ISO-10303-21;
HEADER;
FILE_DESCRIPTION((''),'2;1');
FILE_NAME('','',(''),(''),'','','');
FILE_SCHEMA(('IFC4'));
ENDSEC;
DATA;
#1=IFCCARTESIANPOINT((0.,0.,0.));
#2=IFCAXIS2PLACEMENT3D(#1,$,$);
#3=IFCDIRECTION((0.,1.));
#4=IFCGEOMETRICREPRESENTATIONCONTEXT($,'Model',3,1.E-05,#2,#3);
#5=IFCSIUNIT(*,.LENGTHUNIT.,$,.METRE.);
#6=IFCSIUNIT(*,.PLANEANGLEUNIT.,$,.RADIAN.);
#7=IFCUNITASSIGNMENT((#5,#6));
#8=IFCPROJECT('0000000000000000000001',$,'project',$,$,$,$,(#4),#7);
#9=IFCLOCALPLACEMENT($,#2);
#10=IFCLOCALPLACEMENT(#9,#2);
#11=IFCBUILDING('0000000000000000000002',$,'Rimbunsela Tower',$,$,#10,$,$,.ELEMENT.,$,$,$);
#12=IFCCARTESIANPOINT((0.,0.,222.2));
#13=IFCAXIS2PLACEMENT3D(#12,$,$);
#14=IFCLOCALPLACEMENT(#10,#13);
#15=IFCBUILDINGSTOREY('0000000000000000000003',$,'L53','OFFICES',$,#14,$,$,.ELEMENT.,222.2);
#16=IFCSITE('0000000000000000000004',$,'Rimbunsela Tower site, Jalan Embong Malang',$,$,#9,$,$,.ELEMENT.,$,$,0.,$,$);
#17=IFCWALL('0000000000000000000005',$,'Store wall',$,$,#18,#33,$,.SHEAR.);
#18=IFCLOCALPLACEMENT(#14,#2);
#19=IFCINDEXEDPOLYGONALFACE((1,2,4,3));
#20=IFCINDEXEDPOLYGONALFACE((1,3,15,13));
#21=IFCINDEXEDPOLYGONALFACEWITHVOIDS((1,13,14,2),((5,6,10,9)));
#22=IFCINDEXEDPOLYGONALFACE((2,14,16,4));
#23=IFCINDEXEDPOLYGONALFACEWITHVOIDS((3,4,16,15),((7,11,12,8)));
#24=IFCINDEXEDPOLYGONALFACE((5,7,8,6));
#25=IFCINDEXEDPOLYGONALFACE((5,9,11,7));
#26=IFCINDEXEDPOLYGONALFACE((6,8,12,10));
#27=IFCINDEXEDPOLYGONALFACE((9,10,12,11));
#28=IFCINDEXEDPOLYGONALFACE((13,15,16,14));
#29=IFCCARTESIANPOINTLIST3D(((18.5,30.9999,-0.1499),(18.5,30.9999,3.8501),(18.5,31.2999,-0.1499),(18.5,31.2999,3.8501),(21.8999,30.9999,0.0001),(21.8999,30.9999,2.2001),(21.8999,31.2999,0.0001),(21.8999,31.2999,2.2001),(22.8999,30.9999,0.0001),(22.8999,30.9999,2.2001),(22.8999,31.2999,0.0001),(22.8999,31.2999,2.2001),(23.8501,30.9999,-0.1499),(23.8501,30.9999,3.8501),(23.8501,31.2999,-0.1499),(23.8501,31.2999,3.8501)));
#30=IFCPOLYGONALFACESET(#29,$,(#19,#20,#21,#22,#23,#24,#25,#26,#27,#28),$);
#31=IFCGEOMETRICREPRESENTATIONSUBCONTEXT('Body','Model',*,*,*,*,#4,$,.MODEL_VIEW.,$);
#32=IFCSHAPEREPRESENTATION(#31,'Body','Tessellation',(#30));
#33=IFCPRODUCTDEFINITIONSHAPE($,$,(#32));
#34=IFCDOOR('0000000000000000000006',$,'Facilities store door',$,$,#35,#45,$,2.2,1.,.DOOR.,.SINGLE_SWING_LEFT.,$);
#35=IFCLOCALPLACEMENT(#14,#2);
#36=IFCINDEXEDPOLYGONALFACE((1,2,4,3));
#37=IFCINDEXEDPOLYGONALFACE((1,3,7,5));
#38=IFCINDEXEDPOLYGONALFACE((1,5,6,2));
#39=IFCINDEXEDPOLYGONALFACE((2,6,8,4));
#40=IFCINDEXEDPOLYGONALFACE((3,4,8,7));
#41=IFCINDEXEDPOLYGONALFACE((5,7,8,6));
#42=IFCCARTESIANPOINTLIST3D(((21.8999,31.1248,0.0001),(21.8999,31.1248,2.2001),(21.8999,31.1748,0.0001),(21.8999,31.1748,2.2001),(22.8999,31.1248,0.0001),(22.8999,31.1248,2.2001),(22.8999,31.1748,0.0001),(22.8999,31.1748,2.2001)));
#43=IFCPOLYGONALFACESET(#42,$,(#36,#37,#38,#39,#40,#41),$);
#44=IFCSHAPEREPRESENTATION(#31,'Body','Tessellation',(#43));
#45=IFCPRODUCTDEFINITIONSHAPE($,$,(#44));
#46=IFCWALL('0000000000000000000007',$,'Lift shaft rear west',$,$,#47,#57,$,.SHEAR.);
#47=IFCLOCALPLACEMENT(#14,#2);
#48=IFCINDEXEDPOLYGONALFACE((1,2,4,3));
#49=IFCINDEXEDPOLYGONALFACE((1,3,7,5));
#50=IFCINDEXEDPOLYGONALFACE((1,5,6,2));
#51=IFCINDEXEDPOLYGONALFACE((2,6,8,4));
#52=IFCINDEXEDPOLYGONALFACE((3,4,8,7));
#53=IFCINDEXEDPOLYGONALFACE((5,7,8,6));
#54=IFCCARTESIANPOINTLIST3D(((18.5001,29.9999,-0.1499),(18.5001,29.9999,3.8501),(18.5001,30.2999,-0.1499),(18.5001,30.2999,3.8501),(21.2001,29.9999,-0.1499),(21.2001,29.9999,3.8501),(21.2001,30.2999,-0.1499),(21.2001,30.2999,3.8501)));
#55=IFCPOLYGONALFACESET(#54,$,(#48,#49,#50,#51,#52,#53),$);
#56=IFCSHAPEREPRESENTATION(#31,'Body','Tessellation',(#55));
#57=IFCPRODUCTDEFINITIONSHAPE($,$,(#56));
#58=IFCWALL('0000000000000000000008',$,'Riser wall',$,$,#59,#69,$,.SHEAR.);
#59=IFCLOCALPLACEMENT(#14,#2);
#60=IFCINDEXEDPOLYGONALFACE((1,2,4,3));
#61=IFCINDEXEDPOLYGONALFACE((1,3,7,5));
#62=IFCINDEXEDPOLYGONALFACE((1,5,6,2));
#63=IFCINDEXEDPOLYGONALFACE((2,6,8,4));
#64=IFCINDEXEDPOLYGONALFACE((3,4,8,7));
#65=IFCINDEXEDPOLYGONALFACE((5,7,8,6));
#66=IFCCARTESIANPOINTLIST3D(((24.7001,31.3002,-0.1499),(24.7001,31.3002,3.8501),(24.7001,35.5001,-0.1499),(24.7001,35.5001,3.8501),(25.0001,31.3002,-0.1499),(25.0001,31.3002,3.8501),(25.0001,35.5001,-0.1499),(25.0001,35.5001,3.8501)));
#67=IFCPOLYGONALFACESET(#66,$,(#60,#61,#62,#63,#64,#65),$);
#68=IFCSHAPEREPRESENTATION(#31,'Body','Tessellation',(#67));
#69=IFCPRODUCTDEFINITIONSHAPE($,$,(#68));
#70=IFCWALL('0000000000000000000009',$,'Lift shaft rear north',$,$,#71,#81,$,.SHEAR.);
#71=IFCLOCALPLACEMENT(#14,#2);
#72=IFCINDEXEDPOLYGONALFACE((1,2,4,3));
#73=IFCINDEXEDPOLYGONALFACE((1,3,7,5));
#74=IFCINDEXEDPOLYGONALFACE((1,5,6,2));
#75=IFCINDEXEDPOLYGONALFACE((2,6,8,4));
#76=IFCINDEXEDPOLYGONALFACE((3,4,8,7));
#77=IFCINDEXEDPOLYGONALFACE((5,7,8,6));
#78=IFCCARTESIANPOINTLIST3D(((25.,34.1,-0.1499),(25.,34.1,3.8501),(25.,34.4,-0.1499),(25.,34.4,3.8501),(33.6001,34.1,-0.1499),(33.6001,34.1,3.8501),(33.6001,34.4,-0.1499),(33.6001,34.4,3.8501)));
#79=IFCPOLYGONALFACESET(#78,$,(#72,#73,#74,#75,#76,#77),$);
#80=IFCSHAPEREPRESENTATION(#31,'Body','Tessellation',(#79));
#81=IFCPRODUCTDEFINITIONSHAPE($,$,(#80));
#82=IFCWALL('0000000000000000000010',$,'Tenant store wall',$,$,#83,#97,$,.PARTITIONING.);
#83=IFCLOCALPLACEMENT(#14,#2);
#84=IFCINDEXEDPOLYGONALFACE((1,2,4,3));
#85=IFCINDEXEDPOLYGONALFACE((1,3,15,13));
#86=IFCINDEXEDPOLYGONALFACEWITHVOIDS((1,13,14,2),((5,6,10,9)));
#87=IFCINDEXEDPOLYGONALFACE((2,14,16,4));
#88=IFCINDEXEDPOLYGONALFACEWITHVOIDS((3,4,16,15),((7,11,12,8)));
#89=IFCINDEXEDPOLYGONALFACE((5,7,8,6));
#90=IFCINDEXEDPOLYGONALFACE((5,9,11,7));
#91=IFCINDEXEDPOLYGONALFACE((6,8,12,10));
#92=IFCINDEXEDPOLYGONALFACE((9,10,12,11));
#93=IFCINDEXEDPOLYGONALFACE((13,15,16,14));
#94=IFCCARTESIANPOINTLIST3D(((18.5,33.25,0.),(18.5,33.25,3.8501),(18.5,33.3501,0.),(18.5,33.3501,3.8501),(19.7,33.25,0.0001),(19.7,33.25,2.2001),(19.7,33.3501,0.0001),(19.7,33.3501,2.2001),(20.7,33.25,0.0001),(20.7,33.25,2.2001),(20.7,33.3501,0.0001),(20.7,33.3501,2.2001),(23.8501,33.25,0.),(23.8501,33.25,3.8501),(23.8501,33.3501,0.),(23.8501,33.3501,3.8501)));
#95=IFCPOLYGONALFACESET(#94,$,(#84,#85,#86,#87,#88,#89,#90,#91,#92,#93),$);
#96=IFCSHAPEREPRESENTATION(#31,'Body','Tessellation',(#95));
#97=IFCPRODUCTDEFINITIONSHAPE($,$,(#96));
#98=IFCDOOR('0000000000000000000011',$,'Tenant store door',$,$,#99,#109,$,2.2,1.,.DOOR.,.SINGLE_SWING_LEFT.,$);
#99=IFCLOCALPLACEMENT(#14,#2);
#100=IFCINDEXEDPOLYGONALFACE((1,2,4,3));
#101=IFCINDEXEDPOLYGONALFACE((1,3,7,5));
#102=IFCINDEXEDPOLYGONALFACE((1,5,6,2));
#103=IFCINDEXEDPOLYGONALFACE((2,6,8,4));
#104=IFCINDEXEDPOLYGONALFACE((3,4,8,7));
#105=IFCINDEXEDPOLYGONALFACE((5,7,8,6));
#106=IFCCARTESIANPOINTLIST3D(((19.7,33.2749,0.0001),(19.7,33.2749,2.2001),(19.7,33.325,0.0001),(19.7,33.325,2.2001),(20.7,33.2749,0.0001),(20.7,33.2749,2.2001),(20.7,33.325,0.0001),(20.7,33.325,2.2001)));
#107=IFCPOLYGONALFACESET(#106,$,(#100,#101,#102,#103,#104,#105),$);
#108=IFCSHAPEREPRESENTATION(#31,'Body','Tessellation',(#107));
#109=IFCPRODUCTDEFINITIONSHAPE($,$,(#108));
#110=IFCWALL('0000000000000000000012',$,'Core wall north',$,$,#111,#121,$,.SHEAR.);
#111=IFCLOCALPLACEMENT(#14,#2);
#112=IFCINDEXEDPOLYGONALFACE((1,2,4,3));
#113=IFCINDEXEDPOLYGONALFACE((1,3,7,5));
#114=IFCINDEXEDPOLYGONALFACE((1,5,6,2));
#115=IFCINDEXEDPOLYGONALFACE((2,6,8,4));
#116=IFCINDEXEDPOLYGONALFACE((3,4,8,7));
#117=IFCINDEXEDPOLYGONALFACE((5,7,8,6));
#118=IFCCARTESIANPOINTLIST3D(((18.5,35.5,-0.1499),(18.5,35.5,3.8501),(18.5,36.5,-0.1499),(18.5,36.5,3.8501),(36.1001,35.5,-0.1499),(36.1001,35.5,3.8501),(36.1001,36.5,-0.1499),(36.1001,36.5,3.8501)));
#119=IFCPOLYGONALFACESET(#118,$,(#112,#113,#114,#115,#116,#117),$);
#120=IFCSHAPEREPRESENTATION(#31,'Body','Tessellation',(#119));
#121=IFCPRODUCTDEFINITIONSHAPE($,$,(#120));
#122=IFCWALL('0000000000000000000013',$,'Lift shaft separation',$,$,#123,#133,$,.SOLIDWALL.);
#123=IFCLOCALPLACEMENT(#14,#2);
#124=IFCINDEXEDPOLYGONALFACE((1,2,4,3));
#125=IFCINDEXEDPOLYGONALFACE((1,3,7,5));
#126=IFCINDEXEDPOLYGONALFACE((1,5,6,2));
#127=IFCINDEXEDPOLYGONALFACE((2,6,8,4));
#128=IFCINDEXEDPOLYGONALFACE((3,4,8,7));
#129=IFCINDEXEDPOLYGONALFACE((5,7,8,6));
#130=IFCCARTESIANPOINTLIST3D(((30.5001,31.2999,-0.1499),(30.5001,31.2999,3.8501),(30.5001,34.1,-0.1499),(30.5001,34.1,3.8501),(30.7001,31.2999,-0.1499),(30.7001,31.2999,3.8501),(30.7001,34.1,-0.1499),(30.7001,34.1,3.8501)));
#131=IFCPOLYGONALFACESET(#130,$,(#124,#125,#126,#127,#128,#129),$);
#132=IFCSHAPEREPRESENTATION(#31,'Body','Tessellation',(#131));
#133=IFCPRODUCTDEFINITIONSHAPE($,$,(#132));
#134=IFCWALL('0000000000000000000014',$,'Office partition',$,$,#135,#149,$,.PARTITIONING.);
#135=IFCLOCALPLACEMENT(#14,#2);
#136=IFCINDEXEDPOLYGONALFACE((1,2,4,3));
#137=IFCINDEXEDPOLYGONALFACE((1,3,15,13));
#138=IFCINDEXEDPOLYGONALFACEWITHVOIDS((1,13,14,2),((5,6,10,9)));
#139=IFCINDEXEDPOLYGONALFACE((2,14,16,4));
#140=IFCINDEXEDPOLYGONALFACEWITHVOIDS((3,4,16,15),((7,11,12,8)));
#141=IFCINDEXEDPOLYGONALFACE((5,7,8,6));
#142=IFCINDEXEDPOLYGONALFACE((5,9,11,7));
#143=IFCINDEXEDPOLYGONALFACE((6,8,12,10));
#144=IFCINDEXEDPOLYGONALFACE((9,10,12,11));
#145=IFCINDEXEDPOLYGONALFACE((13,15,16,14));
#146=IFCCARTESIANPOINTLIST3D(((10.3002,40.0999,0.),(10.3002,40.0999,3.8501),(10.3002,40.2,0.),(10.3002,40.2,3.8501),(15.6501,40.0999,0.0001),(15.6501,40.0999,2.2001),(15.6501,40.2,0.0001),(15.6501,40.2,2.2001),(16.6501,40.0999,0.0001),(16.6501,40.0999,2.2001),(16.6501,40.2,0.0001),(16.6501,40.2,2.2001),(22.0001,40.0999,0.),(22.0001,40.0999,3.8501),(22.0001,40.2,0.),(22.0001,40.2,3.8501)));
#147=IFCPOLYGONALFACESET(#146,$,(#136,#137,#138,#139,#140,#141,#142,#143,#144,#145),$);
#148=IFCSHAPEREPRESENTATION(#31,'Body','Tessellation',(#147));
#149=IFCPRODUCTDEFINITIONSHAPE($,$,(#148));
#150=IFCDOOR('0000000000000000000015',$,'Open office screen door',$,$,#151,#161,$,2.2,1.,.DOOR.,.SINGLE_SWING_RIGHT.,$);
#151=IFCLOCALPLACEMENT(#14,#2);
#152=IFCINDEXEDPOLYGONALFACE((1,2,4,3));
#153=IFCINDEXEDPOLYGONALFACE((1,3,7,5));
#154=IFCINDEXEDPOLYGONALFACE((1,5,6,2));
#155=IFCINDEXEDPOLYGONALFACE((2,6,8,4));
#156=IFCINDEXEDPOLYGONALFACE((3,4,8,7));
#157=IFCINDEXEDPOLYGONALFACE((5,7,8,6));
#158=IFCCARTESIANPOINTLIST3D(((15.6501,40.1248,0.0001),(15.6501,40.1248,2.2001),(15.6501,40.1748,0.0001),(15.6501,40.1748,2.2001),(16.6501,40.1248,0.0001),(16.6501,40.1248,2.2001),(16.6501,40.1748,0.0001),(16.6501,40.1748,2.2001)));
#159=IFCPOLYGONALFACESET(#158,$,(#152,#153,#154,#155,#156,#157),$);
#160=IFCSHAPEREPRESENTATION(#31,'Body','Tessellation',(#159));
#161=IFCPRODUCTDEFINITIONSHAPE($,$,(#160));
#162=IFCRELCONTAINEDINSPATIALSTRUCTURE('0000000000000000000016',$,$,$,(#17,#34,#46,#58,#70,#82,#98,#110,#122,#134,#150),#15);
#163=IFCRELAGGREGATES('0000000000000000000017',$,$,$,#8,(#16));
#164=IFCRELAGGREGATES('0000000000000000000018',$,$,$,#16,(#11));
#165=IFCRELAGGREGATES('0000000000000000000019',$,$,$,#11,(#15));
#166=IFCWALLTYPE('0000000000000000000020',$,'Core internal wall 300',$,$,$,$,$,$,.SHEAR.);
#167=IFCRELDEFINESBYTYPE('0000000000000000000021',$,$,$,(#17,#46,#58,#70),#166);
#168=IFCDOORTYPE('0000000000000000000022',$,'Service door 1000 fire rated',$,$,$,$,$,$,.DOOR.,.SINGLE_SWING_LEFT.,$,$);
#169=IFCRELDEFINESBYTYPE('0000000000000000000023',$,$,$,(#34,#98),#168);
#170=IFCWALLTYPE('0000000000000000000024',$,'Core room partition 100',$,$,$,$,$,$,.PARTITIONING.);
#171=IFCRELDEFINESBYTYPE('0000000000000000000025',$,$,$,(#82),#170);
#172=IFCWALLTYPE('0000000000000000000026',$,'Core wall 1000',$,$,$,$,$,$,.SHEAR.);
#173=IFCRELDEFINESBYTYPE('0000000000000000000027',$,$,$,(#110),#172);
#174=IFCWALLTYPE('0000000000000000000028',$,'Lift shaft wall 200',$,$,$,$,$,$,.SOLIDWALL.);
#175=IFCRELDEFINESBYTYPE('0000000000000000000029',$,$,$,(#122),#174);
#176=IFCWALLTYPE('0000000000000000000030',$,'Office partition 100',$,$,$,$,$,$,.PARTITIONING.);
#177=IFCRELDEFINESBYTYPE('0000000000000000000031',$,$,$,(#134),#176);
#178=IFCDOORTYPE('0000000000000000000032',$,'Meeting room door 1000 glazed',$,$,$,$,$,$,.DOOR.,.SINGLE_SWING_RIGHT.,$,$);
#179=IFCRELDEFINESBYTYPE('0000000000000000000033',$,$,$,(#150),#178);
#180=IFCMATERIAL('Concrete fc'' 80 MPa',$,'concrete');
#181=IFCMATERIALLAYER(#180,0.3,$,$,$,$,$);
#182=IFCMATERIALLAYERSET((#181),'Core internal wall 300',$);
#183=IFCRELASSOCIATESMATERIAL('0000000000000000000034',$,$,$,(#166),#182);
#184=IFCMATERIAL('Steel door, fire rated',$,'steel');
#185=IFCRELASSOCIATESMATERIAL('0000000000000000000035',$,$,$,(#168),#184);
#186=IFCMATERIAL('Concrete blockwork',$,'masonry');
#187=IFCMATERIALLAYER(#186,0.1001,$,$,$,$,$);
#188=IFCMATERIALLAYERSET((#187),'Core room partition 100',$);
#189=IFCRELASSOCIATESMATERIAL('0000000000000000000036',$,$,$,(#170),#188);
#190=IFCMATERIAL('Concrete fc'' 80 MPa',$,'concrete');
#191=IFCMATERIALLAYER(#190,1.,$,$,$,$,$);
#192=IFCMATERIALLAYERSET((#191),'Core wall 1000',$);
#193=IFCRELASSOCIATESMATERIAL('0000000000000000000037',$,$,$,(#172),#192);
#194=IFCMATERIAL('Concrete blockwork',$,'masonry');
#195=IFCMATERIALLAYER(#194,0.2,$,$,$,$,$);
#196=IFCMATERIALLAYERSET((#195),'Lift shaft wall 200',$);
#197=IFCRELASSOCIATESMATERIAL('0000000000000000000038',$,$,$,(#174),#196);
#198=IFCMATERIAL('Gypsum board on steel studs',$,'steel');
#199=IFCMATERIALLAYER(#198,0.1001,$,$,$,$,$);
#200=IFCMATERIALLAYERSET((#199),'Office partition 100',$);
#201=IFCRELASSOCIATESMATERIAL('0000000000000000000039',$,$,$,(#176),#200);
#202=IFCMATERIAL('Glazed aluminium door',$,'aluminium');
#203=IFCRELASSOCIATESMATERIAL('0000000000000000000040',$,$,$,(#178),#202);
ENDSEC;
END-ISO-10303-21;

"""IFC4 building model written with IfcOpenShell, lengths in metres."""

from ifc_helpers import new_model, si_unit, direction, frame, frame_2d, origin, place, context, subcontext, project, spatial, rectangle, extrude, material, layer, layer_set, type_object, element, fill, save


model = new_model("IFC4")

# Units and contexts
model_context = context("Model", 3, precision=1e-05, world=origin(), true_north=direction((0.0, 1.0)))
body_context = subcontext(model_context, "Body", "Model", "MODEL_VIEW")
ifc_project = project(units=[si_unit("LENGTHUNIT", "METRE"), si_unit("PLANEANGLEUNIT", "RADIAN")], contexts=[model_context])

# Site, building, storey
site_placement = place(None, origin())
site = spatial("IfcSite", under=ifc_project, at=site_placement, Name="Rimbunsela Tower site, Jalan Embong Malang", CompositionType="ELEMENT", RefElevation=0.0)
building_placement = place(site_placement, origin())
building = spatial("IfcBuilding", under=site, at=building_placement, Name="Rimbunsela Tower", CompositionType="ELEMENT")
storey_placement = place(building_placement, frame((0.0, 0.0, 222.2)))
storey = spatial("IfcBuildingStorey", under=building, at=storey_placement, Name="L53", Description="OFFICES", CompositionType="ELEMENT", Elevation=222.2)

# Shared definitions
ifc_material_1 = material(Name="Concrete fc' 80 MPa", Category="concrete")
ifc_layer_1 = layer(ifc_material_1, 0.3)
ifc_layer_set_1 = layer_set([ifc_layer_1], Name="Core internal wall 300")
wall_type_1 = type_object("IfcWallType", Name="Core internal wall 300", PredefinedType="SHEAR", material=ifc_layer_set_1)
ifc_material_2 = material(Name="Steel door, fire rated", Category="steel")
door_type_1 = type_object("IfcDoorType", Name="Service door 1000 fire rated", OperationType="SINGLE_SWING_LEFT", PredefinedType="DOOR", material=ifc_material_2)

# Wall, opening, door
wall_1_placement = place(storey_placement, frame((18.5, 31.1499, -0.1499), z_axis=(0.0, 0.0, 1.0), x_axis=(1.0, 0.0, 0.0)))
wall_1 = element("IfcWall", 1, at=wall_1_placement, inside=storey, type_object=wall_type_1, Name="Store wall", PredefinedType="SHEAR", context=body_context, shape_type="SweptSolid", body=[
    extrude(rectangle(XDim=5.3501, YDim=0.3, at=frame_2d((2.675, 0.0))), origin(), (0.0, 0.0, 1.0), 4.0),
])
opening_1_placement = place(wall_1_placement, frame((3.3999, 0.0, 0.1499)))
opening_1 = element("IfcOpeningElement", 2, at=opening_1_placement, cuts=wall_1, PredefinedType="OPENING", context=body_context, shape_type="SweptSolid", body=[
    extrude(rectangle(XDim=1.0, YDim=2.2, at=frame_2d((0.5, 1.1001))), frame((0.0, 0.1599, 0.0), z_axis=(0.0, -1.0, 0.0), x_axis=(1.0, 0.0, 0.0)), (0.0, 0.0, 1.0), 0.3201),
])
door_1_placement = place(opening_1_placement, origin())
door_1 = element("IfcDoor", 3, at=door_1_placement, inside=storey, type_object=door_type_1, Name="Facilities store door", OperationType="SINGLE_SWING_LEFT", OverallHeight=2.2, OverallWidth=1.0, PredefinedType="DOOR", context=body_context, shape_type="SweptSolid", body=[
    extrude(rectangle(XDim=1.0, YDim=2.2, at=frame_2d((0.5, 1.1001))), frame((0.0, 0.0249, 0.0), z_axis=(0.0, -1.0, 0.0), x_axis=(1.0, 0.0, 0.0)), (0.0, 0.0, 1.0), 0.05),
])
fill(opening_1, door_1)

# Walls
wall_2_placement = place(storey_placement, frame((18.5, 30.1499, -0.1499), z_axis=(0.0, 0.0, 1.0), x_axis=(1.0, 0.0, 0.0)))
element("IfcWall", 4, at=wall_2_placement, inside=storey, type_object=wall_type_1, Name="Lift shaft rear west", PredefinedType="SHEAR", context=body_context, shape_type="SweptSolid", body=[
    extrude(rectangle(XDim=2.7, YDim=0.3, at=frame_2d((1.3501, 0.0))), origin(), (0.0, 0.0, 1.0), 4.0),
])
wall_3_placement = place(storey_placement, frame((24.8501, 31.3, -0.1499), z_axis=(0.0, 0.0, 1.0), x_axis=(0.0, 1.0, 0.0)))
element("IfcWall", 5, at=wall_3_placement, inside=storey, type_object=wall_type_1, Name="Riser wall", PredefinedType="SHEAR", context=body_context, shape_type="SweptSolid", body=[
    extrude(rectangle(XDim=4.2, YDim=0.3, at=frame_2d((2.1001, 0.0))), origin(), (0.0, 0.0, 1.0), 4.0),
])
wall_4_placement = place(storey_placement, frame((25.0, 34.25, -0.1499), z_axis=(0.0, 0.0, 1.0), x_axis=(1.0, 0.0, 0.0)))
element("IfcWall", 6, at=wall_4_placement, inside=storey, type_object=wall_type_1, Name="Lift shaft rear north", PredefinedType="SHEAR", context=body_context, shape_type="SweptSolid", body=[
    extrude(rectangle(XDim=8.6001, YDim=0.3, at=frame_2d((4.3, 0.0))), origin(), (0.0, 0.0, 1.0), 4.0),
])

# Wall, opening, door
ifc_material_3 = material(Name="Concrete blockwork", Category="masonry")
ifc_layer_2 = layer(ifc_material_3, 0.1001)
ifc_layer_set_2 = layer_set([ifc_layer_2], Name="Core room partition 100")
wall_type_2 = type_object("IfcWallType", Name="Core room partition 100", PredefinedType="PARTITIONING", material=ifc_layer_set_2)
wall_5_placement = place(storey_placement, frame((18.5, 33.3, 0.0), z_axis=(0.0, 0.0, 1.0), x_axis=(1.0, 0.0, 0.0)))
wall_5 = element("IfcWall", 7, at=wall_5_placement, inside=storey, type_object=wall_type_2, Name="Tenant store wall", PredefinedType="PARTITIONING", context=body_context, shape_type="SweptSolid", body=[
    extrude(rectangle(XDim=5.3501, YDim=0.1001, at=frame_2d((2.675, 0.0))), origin(), (0.0, 0.0, 1.0), 3.8501),
])
opening_2_placement = place(wall_5_placement, frame((1.2, 0.0, 0.0)))
opening_2 = element("IfcOpeningElement", 8, at=opening_2_placement, cuts=wall_5, PredefinedType="OPENING", context=body_context, shape_type="SweptSolid", body=[
    extrude(rectangle(XDim=1.0, YDim=2.2, at=frame_2d((0.5, 1.1001))), frame((0.0, 0.0601, 0.0), z_axis=(0.0, -1.0, 0.0), x_axis=(1.0, 0.0, 0.0)), (0.0, 0.0, 1.0), 0.1201),
])
door_2_placement = place(opening_2_placement, origin())
door_2 = element("IfcDoor", 9, at=door_2_placement, inside=storey, type_object=door_type_1, Name="Tenant store door", OperationType="SINGLE_SWING_LEFT", OverallHeight=2.2, OverallWidth=1.0, PredefinedType="DOOR", context=body_context, shape_type="SweptSolid", body=[
    extrude(rectangle(XDim=1.0, YDim=2.2, at=frame_2d((0.5, 1.1001))), frame((0.0, 0.0249, 0.0), z_axis=(0.0, -1.0, 0.0), x_axis=(1.0, 0.0, 0.0)), (0.0, 0.0, 1.0), 0.05),
])
fill(opening_2, door_2)

# Walls
ifc_material_4 = material(Name="Concrete fc' 80 MPa", Category="concrete")
ifc_layer_3 = layer(ifc_material_4, 1.0)
ifc_layer_set_3 = layer_set([ifc_layer_3], Name="Core wall 1000")
wall_type_3 = type_object("IfcWallType", Name="Core wall 1000", PredefinedType="SHEAR", material=ifc_layer_set_3)
wall_6_placement = place(storey_placement, frame((18.5, 36.0, -0.1499), z_axis=(0.0, 0.0, 1.0), x_axis=(1.0, 0.0, 0.0)))
element("IfcWall", 10, at=wall_6_placement, inside=storey, type_object=wall_type_3, Name="Core wall north", PredefinedType="SHEAR", context=body_context, shape_type="SweptSolid", body=[
    extrude(rectangle(XDim=17.6001, YDim=1.0, at=frame_2d((8.8, 0.0))), origin(), (0.0, 0.0, 1.0), 4.0),
])
ifc_material_5 = material(Name="Concrete blockwork", Category="masonry")
ifc_layer_4 = layer(ifc_material_5, 0.2)
ifc_layer_set_4 = layer_set([ifc_layer_4], Name="Lift shaft wall 200")
wall_type_4 = type_object("IfcWallType", Name="Lift shaft wall 200", PredefinedType="SOLIDWALL", material=ifc_layer_set_4)
wall_7_placement = place(storey_placement, frame((30.6001, 31.3, -0.1499), z_axis=(0.0, 0.0, 1.0), x_axis=(0.0, 1.0, 0.0)))
element("IfcWall", 11, at=wall_7_placement, inside=storey, type_object=wall_type_4, Name="Lift shaft separation", PredefinedType="SOLIDWALL", context=body_context, shape_type="SweptSolid", body=[
    extrude(rectangle(XDim=2.8, YDim=0.2, at=frame_2d((1.3999, 0.0))), origin(), (0.0, 0.0, 1.0), 4.0),
])

# Wall, opening, door
ifc_material_6 = material(Name="Gypsum board on steel studs", Category="steel")
ifc_layer_5 = layer(ifc_material_6, 0.1001)
ifc_layer_set_5 = layer_set([ifc_layer_5], Name="Office partition 100")
wall_type_5 = type_object("IfcWallType", Name="Office partition 100", PredefinedType="PARTITIONING", material=ifc_layer_set_5)
wall_8_placement = place(storey_placement, frame((10.3, 40.1499, 0.0), z_axis=(0.0, 0.0, 1.0), x_axis=(1.0, 0.0, 0.0)))
wall_8 = element("IfcWall", 12, at=wall_8_placement, inside=storey, type_object=wall_type_5, Name="Office partition", PredefinedType="PARTITIONING", context=body_context, shape_type="SweptSolid", body=[
    extrude(rectangle(XDim=11.7, YDim=0.1001, at=frame_2d((5.8501, 0.0))), origin(), (0.0, 0.0, 1.0), 3.8501),
])
opening_3_placement = place(wall_8_placement, frame((5.3501, 0.0, 0.0)))
opening_3 = element("IfcOpeningElement", 13, at=opening_3_placement, cuts=wall_8, PredefinedType="OPENING", context=body_context, shape_type="SweptSolid", body=[
    extrude(rectangle(XDim=1.0, YDim=2.2, at=frame_2d((0.5, 1.1001))), frame((0.0, 0.0601, 0.0), z_axis=(0.0, -1.0, 0.0), x_axis=(1.0, 0.0, 0.0)), (0.0, 0.0, 1.0), 0.1201),
])
ifc_material_7 = material(Name="Glazed aluminium door", Category="aluminium")
door_type_2 = type_object("IfcDoorType", Name="Meeting room door 1000 glazed", OperationType="SINGLE_SWING_RIGHT", PredefinedType="DOOR", material=ifc_material_7)
door_3_placement = place(opening_3_placement, origin())
door_3 = element("IfcDoor", 14, at=door_3_placement, inside=storey, type_object=door_type_2, Name="Open office screen door", OperationType="SINGLE_SWING_RIGHT", OverallHeight=2.2, OverallWidth=1.0, PredefinedType="DOOR", context=body_context, shape_type="SweptSolid", body=[
    extrude(rectangle(XDim=1.0, YDim=2.2, at=frame_2d((0.5, 1.1001))), frame((0.0, 0.0249, 0.0), z_axis=(0.0, -1.0, 0.0), x_axis=(1.0, 0.0, 0.0)), (0.0, 0.0, 1.0), 0.05),
])
fill(opening_3, door_3)

save(model, "model.ifc")
